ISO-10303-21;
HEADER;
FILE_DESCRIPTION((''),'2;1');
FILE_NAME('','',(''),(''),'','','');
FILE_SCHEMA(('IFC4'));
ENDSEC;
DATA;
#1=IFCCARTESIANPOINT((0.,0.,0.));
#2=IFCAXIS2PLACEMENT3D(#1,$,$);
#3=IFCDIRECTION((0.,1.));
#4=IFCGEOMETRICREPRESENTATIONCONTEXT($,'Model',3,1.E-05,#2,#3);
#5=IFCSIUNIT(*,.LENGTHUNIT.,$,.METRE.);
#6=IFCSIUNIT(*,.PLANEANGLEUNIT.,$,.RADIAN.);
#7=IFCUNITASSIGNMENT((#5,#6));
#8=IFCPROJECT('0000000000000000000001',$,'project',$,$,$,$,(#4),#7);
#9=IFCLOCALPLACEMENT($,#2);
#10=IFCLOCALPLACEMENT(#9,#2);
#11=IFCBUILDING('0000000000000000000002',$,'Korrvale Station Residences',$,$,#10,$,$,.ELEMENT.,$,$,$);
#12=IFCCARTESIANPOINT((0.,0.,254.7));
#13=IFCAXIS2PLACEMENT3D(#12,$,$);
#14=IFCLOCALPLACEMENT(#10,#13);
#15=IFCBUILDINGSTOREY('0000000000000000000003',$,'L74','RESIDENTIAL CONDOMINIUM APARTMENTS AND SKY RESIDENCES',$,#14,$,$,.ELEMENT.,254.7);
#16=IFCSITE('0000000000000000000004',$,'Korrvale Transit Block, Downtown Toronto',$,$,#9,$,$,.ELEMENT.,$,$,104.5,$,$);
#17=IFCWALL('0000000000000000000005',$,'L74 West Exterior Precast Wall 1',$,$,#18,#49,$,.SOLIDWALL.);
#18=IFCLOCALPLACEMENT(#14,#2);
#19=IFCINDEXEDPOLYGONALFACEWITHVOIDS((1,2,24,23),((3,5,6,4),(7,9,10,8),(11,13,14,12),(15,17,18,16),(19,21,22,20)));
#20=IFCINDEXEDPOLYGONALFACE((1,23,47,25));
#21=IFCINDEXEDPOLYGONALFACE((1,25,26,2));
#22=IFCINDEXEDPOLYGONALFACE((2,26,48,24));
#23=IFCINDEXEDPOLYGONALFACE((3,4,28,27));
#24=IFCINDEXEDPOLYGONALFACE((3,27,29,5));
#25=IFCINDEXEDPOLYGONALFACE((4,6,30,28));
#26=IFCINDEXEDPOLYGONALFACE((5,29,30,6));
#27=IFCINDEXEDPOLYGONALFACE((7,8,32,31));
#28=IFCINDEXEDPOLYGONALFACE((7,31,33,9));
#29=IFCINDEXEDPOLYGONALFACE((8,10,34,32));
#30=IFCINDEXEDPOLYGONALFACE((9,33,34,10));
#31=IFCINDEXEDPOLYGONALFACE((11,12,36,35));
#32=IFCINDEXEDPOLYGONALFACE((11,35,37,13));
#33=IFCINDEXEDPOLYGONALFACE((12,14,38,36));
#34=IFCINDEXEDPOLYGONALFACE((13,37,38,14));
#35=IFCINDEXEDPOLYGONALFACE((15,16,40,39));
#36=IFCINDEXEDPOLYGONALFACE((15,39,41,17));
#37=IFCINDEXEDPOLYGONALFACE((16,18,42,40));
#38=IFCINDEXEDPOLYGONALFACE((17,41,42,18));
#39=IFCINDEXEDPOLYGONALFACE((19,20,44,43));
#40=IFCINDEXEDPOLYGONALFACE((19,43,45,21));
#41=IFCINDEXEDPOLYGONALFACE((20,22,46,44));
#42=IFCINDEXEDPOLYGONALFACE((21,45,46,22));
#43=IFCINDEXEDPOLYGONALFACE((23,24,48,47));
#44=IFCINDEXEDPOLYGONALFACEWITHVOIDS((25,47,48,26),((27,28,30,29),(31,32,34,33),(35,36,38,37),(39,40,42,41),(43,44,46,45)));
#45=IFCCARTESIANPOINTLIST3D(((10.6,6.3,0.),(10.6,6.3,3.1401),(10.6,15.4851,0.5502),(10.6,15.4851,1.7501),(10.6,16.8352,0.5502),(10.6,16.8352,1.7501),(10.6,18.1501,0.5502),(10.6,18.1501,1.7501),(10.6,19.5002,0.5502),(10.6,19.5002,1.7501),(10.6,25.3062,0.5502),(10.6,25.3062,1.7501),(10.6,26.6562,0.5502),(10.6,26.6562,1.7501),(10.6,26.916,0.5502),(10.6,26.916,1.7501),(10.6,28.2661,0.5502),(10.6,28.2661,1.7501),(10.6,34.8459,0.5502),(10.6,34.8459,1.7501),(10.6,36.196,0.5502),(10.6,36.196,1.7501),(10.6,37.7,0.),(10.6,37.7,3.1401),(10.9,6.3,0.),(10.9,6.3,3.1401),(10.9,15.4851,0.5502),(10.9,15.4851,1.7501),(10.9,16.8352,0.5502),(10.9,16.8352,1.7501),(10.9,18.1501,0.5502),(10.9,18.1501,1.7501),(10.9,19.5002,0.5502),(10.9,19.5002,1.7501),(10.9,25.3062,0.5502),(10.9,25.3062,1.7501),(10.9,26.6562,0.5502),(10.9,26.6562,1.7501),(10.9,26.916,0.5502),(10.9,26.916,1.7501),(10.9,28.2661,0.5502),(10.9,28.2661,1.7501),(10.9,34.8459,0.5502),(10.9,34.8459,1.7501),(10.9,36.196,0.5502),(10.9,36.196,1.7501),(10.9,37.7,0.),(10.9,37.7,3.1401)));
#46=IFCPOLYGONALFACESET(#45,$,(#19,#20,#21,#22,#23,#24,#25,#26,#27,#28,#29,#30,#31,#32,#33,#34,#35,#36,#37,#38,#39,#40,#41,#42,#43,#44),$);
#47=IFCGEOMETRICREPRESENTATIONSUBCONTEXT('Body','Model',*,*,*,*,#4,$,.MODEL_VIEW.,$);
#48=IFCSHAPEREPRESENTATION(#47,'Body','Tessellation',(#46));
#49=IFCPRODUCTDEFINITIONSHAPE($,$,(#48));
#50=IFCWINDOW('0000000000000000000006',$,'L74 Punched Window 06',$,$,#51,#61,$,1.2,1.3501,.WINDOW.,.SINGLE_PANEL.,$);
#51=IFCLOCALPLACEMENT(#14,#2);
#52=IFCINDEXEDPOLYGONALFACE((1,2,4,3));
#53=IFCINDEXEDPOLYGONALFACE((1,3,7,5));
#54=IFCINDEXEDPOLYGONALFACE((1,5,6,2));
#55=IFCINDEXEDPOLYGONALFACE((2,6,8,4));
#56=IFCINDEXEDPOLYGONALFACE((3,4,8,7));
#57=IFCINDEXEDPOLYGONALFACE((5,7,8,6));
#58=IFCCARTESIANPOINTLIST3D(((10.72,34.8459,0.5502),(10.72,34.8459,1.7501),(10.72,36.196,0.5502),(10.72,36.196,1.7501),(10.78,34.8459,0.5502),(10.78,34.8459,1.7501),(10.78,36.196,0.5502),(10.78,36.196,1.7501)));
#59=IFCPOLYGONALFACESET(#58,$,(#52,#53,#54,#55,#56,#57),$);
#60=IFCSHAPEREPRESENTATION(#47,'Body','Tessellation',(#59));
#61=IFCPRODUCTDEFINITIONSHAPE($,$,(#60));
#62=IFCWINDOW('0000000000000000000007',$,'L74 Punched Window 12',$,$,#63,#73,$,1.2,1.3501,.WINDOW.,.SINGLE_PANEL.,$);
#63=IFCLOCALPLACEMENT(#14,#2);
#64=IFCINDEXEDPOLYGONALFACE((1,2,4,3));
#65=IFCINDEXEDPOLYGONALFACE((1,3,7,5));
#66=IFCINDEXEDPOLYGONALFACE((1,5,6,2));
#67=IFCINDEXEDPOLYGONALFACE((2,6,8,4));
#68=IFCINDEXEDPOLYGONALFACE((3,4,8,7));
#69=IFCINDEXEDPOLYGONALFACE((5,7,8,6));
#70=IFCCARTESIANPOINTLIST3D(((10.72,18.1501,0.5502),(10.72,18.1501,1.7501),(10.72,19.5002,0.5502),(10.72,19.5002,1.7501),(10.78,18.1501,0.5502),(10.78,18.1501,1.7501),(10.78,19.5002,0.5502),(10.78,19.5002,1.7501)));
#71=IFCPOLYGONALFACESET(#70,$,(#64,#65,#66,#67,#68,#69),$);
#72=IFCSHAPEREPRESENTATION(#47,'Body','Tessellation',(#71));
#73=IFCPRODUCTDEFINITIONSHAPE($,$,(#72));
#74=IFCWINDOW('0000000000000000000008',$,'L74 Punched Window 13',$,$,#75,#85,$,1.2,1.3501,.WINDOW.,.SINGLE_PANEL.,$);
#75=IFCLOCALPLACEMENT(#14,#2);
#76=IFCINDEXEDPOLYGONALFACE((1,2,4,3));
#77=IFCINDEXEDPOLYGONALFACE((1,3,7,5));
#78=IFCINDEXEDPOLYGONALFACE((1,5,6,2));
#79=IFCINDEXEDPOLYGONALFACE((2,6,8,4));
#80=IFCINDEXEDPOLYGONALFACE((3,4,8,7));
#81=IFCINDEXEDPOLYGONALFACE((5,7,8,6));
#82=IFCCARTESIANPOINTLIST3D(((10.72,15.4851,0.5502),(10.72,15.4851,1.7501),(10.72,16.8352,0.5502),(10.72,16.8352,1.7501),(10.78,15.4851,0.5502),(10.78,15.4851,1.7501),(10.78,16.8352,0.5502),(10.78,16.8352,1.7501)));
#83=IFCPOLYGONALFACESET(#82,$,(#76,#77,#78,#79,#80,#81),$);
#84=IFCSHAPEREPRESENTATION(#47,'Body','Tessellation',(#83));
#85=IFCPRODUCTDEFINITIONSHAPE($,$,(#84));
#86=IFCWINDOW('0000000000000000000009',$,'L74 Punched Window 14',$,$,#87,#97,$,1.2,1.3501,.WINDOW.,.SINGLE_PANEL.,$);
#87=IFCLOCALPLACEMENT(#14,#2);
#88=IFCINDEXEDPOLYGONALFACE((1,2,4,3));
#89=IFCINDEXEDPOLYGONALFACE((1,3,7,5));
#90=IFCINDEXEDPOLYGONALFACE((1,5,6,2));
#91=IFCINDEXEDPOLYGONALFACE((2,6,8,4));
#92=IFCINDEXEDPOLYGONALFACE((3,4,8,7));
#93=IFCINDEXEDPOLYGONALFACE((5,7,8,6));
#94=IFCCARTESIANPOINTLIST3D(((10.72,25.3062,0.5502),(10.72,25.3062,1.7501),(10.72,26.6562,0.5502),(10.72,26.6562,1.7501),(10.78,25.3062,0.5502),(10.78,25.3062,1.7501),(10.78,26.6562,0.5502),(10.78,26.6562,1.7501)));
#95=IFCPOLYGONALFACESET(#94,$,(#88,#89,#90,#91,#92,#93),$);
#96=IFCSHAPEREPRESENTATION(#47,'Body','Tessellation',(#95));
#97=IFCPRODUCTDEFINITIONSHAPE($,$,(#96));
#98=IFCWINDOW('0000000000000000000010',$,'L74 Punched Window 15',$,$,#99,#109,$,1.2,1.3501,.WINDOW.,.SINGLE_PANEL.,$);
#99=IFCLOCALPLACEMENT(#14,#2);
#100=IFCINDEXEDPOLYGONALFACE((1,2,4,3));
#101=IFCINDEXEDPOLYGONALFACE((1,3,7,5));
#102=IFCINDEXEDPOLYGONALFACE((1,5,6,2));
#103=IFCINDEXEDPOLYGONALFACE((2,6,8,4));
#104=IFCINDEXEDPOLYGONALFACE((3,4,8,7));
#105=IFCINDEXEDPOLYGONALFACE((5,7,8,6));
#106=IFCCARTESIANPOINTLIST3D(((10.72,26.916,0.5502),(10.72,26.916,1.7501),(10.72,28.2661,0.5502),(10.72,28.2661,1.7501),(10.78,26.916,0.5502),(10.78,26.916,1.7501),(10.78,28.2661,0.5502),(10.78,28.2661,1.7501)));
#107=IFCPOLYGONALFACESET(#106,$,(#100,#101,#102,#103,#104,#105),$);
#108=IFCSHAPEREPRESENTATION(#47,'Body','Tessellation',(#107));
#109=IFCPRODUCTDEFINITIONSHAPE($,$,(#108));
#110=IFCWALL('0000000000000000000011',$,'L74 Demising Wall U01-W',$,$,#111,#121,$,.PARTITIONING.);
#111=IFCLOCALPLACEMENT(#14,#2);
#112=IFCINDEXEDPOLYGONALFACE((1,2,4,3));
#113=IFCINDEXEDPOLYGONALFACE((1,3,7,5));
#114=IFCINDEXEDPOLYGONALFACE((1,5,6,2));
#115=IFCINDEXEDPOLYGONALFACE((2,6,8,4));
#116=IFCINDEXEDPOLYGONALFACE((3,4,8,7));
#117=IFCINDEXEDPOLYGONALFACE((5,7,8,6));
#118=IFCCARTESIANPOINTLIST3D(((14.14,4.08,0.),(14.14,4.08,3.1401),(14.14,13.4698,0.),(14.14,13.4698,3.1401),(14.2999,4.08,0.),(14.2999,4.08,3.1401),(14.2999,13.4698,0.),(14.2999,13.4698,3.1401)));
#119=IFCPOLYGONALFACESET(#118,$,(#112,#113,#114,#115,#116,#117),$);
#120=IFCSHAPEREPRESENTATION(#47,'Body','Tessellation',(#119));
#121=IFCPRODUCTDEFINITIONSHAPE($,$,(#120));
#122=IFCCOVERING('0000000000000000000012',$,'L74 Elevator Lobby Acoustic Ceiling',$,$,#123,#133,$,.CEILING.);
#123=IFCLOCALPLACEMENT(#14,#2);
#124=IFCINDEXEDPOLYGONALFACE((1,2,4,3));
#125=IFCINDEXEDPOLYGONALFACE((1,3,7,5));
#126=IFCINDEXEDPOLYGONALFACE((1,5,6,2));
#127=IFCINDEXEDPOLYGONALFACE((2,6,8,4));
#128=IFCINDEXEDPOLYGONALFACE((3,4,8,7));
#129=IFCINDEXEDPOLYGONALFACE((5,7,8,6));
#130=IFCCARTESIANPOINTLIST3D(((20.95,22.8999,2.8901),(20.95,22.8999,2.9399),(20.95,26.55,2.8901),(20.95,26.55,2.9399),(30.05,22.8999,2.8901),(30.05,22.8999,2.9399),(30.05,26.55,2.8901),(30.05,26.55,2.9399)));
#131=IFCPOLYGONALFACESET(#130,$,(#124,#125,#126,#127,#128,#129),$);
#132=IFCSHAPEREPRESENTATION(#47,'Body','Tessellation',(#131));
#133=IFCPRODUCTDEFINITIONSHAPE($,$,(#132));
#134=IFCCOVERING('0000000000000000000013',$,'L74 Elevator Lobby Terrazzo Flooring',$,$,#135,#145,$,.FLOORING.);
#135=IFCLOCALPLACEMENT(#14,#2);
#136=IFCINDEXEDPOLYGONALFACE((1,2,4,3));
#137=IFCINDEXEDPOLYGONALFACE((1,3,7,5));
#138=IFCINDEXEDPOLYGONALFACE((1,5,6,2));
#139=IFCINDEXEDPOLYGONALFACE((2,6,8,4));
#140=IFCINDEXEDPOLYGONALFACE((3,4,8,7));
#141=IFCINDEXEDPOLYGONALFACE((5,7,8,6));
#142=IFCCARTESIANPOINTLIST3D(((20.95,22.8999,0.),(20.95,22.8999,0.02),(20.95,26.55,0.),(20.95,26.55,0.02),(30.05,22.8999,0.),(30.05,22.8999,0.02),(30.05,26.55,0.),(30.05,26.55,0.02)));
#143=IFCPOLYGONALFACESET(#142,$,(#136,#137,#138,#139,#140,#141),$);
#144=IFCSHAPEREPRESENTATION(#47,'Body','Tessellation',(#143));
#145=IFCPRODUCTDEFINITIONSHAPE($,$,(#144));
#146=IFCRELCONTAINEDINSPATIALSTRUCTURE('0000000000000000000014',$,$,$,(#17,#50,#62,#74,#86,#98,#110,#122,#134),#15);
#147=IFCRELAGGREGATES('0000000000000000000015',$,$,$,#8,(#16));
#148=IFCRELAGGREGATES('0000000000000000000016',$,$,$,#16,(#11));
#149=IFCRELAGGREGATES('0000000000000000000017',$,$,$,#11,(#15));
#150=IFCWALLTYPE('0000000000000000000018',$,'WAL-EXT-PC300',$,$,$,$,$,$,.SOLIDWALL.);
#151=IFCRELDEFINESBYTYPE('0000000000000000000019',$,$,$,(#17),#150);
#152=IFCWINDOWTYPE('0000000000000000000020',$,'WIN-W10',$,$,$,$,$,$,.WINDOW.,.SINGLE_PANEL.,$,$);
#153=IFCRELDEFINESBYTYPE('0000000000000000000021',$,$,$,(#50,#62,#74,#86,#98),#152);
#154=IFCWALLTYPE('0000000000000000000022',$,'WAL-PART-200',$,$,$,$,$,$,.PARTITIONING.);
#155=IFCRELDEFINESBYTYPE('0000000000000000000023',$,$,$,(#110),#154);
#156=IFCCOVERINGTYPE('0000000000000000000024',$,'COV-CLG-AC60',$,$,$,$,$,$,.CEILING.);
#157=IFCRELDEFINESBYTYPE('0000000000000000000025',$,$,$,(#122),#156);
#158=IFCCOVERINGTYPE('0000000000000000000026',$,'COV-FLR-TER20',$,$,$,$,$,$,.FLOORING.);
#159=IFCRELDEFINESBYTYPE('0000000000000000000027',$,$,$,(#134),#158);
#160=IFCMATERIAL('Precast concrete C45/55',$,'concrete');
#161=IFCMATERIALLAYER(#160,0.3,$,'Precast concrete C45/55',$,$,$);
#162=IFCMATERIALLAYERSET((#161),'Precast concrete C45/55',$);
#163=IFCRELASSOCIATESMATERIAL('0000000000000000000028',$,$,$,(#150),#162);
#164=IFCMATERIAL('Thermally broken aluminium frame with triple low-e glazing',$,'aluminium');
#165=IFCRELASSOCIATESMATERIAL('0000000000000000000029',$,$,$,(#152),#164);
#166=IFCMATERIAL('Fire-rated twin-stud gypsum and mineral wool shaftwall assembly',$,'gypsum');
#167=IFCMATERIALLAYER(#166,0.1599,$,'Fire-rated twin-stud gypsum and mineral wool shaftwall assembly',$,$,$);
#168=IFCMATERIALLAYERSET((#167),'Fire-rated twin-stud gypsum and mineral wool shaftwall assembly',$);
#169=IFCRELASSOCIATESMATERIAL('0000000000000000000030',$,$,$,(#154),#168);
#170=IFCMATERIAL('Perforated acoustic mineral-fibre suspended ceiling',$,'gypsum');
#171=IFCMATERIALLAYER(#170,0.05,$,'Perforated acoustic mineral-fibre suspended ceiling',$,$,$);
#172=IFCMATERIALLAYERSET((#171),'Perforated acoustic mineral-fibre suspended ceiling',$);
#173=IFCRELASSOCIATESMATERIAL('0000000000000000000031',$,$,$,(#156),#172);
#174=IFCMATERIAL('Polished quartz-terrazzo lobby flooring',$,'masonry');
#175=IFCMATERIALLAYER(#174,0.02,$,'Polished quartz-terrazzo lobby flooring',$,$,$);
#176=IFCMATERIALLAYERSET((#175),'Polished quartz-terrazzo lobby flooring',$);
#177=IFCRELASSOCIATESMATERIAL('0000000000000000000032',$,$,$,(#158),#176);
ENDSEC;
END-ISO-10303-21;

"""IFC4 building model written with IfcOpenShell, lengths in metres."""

from ifc_helpers import new_model, si_unit, direction, frame, frame_2d, origin, place, context, subcontext, project, spatial, polyline, rectangle, outline, extrude, material, layer, layer_set, type_object, element, fill, save


model = new_model("IFC4")

# Units and contexts
model_context = context("Model", 3, precision=1e-05, world=origin(), true_north=direction((0.0, 1.0)))
body_context = subcontext(model_context, "Body", "Model", "MODEL_VIEW")
ifc_project = project(units=[si_unit("LENGTHUNIT", "METRE"), si_unit("PLANEANGLEUNIT", "RADIAN")], contexts=[model_context])

# Site, building, storey
site_placement = place(None, origin())
site = spatial("IfcSite", under=ifc_project, at=site_placement, Name="Korrvale Transit Block, Downtown Toronto", CompositionType="ELEMENT", RefElevation=104.5)
building_placement = place(site_placement, origin())
building = spatial("IfcBuilding", under=site, at=building_placement, Name="Korrvale Station Residences", CompositionType="ELEMENT")
storey_placement = place(building_placement, frame((0.0, 0.0, 254.7)))
storey = spatial("IfcBuildingStorey", under=building, at=storey_placement, Name="L74", Description="RESIDENTIAL CONDOMINIUM APARTMENTS AND SKY RESIDENCES", CompositionType="ELEMENT", Elevation=254.7)

# Shared definitions
ifc_material_1 = material(Name="Precast concrete C45/55", Category="concrete")

# Wall, openings, windows
ifc_layer_1 = layer(ifc_material_1, 0.3, Name="Precast concrete C45/55")
ifc_layer_set_1 = layer_set([ifc_layer_1], Name="Precast concrete C45/55")
wall_type_1 = type_object("IfcWallType", Name="WAL-EXT-PC300", PredefinedType="SOLIDWALL", material=ifc_layer_set_1)
wall_1_placement = place(storey_placement, frame((10.75, 6.3, 0.0), z_axis=(0.0, 0.0, 1.0), x_axis=(0.0, 1.0, 0.0)))
wall_1 = element("IfcWall", 1, at=wall_1_placement, inside=storey, type_object=wall_type_1, Name="L74 West Exterior Precast Wall 1", PredefinedType="SOLIDWALL", context=body_context, shape_type="SweptSolid", body=[
    extrude(rectangle(XDim=31.3999, YDim=0.3, at=frame_2d((15.7, 0.0))), origin(), (0.0, 0.0, 1.0), 3.1401),
])
opening_1_placement = place(wall_1_placement, frame((28.5459, 0.0, 0.55)))
opening_1 = element("IfcOpeningElement", 2, at=opening_1_placement, cuts=wall_1, PredefinedType="OPENING", context=body_context, shape_type="SweptSolid", body=[
    extrude(rectangle(XDim=1.3501, YDim=1.2, at=frame_2d((0.675, 0.6001))), frame((0.0, 0.1602, 0.0), z_axis=(0.0, -1.0, 0.0), x_axis=(1.0, 0.0, 0.0)), (0.0, 0.0, 1.0), 0.3201),
])
opening_2_placement = place(wall_1_placement, frame((11.8501, 0.0, 0.55)))
opening_2 = element("IfcOpeningElement", 3, at=opening_2_placement, cuts=wall_1, PredefinedType="OPENING", context=body_context, shape_type="SweptSolid", body=[
    extrude(rectangle(XDim=1.3501, YDim=1.2, at=frame_2d((0.675, 0.6001))), frame((0.0, 0.1602, 0.0), z_axis=(0.0, -1.0, 0.0), x_axis=(1.0, 0.0, 0.0)), (0.0, 0.0, 1.0), 0.3201),
])
opening_3_placement = place(wall_1_placement, frame((9.1851, 0.0, 0.55)))
opening_3 = element("IfcOpeningElement", 4, at=opening_3_placement, cuts=wall_1, PredefinedType="OPENING", context=body_context, shape_type="SweptSolid", body=[
    extrude(rectangle(XDim=1.3501, YDim=1.2, at=frame_2d((0.675, 0.6001))), frame((0.0, 0.1602, 0.0), z_axis=(0.0, -1.0, 0.0), x_axis=(1.0, 0.0, 0.0)), (0.0, 0.0, 1.0), 0.3201),
])
opening_4_placement = place(wall_1_placement, frame((19.0061, 0.0, 0.55)))
opening_4 = element("IfcOpeningElement", 5, at=opening_4_placement, cuts=wall_1, PredefinedType="OPENING", context=body_context, shape_type="SweptSolid", body=[
    extrude(rectangle(XDim=1.3501, YDim=1.2, at=frame_2d((0.675, 0.6001))), frame((0.0, 0.1602, 0.0), z_axis=(0.0, -1.0, 0.0), x_axis=(1.0, 0.0, 0.0)), (0.0, 0.0, 1.0), 0.3201),
])
opening_5_placement = place(wall_1_placement, frame((20.616, 0.0, 0.55)))
opening_5 = element("IfcOpeningElement", 6, at=opening_5_placement, cuts=wall_1, PredefinedType="OPENING", context=body_context, shape_type="SweptSolid", body=[
    extrude(rectangle(XDim=1.3501, YDim=1.2, at=frame_2d((0.675, 0.6001))), frame((0.0, 0.1602, 0.0), z_axis=(0.0, -1.0, 0.0), x_axis=(1.0, 0.0, 0.0)), (0.0, 0.0, 1.0), 0.3201),
])
ifc_material_2 = material(Name="Thermally broken aluminium frame with triple low-e glazing", Category="aluminium")
window_type = type_object("IfcWindowType", Name="WIN-W10", PartitioningType="SINGLE_PANEL", PredefinedType="WINDOW", material=ifc_material_2)
window_1_placement = place(opening_1_placement, origin())
window_1 = element("IfcWindow", 7, at=window_1_placement, inside=storey, type_object=window_type, Name="L74 Punched Window 06", OverallHeight=1.2, OverallWidth=1.3501, PartitioningType="SINGLE_PANEL", PredefinedType="WINDOW", context=body_context, shape_type="SweptSolid", body=[
    extrude(rectangle(XDim=1.3501, YDim=1.2, at=frame_2d((0.675, 0.6001))), frame((0.0, 0.03, 0.0), z_axis=(0.0, -1.0, 0.0), x_axis=(1.0, 0.0, 0.0)), (0.0, 0.0, 1.0), 0.0601),
])
fill(opening_1, window_1)
window_2_placement = place(opening_2_placement, origin())
window_2 = element("IfcWindow", 8, at=window_2_placement, inside=storey, type_object=window_type, Name="L74 Punched Window 12", OverallHeight=1.2, OverallWidth=1.3501, PartitioningType="SINGLE_PANEL", PredefinedType="WINDOW", context=body_context, shape_type="SweptSolid", body=[
    extrude(rectangle(XDim=1.3501, YDim=1.2, at=frame_2d((0.675, 0.6001))), frame((0.0, 0.03, 0.0), z_axis=(0.0, -1.0, 0.0), x_axis=(1.0, 0.0, 0.0)), (0.0, 0.0, 1.0), 0.0601),
])
fill(opening_2, window_2)
window_3_placement = place(opening_3_placement, origin())
window_3 = element("IfcWindow", 9, at=window_3_placement, inside=storey, type_object=window_type, Name="L74 Punched Window 13", OverallHeight=1.2, OverallWidth=1.3501, PartitioningType="SINGLE_PANEL", PredefinedType="WINDOW", context=body_context, shape_type="SweptSolid", body=[
    extrude(rectangle(XDim=1.3501, YDim=1.2, at=frame_2d((0.675, 0.6001))), frame((0.0, 0.03, 0.0), z_axis=(0.0, -1.0, 0.0), x_axis=(1.0, 0.0, 0.0)), (0.0, 0.0, 1.0), 0.0601),
])
fill(opening_3, window_3)
window_4_placement = place(opening_4_placement, origin())
window_4 = element("IfcWindow", 10, at=window_4_placement, inside=storey, type_object=window_type, Name="L74 Punched Window 14", OverallHeight=1.2, OverallWidth=1.3501, PartitioningType="SINGLE_PANEL", PredefinedType="WINDOW", context=body_context, shape_type="SweptSolid", body=[
    extrude(rectangle(XDim=1.3501, YDim=1.2, at=frame_2d((0.675, 0.6001))), frame((0.0, 0.03, 0.0), z_axis=(0.0, -1.0, 0.0), x_axis=(1.0, 0.0, 0.0)), (0.0, 0.0, 1.0), 0.0601),
])
fill(opening_4, window_4)
window_5_placement = place(opening_5_placement, origin())
window_5 = element("IfcWindow", 11, at=window_5_placement, inside=storey, type_object=window_type, Name="L74 Punched Window 15", OverallHeight=1.2, OverallWidth=1.3501, PartitioningType="SINGLE_PANEL", PredefinedType="WINDOW", context=body_context, shape_type="SweptSolid", body=[
    extrude(rectangle(XDim=1.3501, YDim=1.2, at=frame_2d((0.675, 0.6001))), frame((0.0, 0.03, 0.0), z_axis=(0.0, -1.0, 0.0), x_axis=(1.0, 0.0, 0.0)), (0.0, 0.0, 1.0), 0.0601),
])
fill(opening_5, window_5)

# Wall
ifc_material_3 = material(Name="Fire-rated twin-stud gypsum and mineral wool shaftwall assembly", Category="gypsum")
ifc_layer_2 = layer(ifc_material_3, 0.1599, Name="Fire-rated twin-stud gypsum and mineral wool shaftwall assembly")
ifc_layer_set_2 = layer_set([ifc_layer_2], Name="Fire-rated twin-stud gypsum and mineral wool shaftwall assembly")
wall_type_2 = type_object("IfcWallType", Name="WAL-PART-200", PredefinedType="PARTITIONING", material=ifc_layer_set_2)
wall_2_placement = place(storey_placement, frame((14.22, 4.0801, 0.0), z_axis=(0.0, 0.0, 1.0), x_axis=(0.0, 1.0, 0.0)))
element("IfcWall", 12, at=wall_2_placement, inside=storey, type_object=wall_type_2, Name="L74 Demising Wall U01-W", PredefinedType="PARTITIONING", context=body_context, shape_type="SweptSolid", body=[
    extrude(rectangle(XDim=9.3899, YDim=0.1599, at=frame_2d((4.6948, 0.0))), origin(), (0.0, 0.0, 1.0), 3.1401),
])

# Coverings
ifc_material_4 = material(Name="Perforated acoustic mineral-fibre suspended ceiling", Category="gypsum")
ifc_layer_3 = layer(ifc_material_4, 0.05, Name="Perforated acoustic mineral-fibre suspended ceiling")
ifc_layer_set_3 = layer_set([ifc_layer_3], Name="Perforated acoustic mineral-fibre suspended ceiling")
covering_type_1 = type_object("IfcCoveringType", Name="COV-CLG-AC60", PredefinedType="CEILING", material=ifc_layer_set_3)
covering_1_placement = place(storey_placement, frame((0.0, 0.0, 2.8901)))
element("IfcCovering", 13, at=covering_1_placement, inside=storey, type_object=covering_type_1, Name="L74 Elevator Lobby Acoustic Ceiling", PredefinedType="CEILING", context=body_context, shape_type="SweptSolid", body=[
    extrude(outline(polyline([(20.95, 22.8999), (30.05, 22.8999), (30.05, 26.55), (20.95, 26.55), (20.95, 22.8999)])), origin(), (0.0, 0.0, 1.0), 0.0498),
])
ifc_material_5 = material(Name="Polished quartz-terrazzo lobby flooring", Category="masonry")
ifc_layer_4 = layer(ifc_material_5, 0.02, Name="Polished quartz-terrazzo lobby flooring")
ifc_layer_set_4 = layer_set([ifc_layer_4], Name="Polished quartz-terrazzo lobby flooring")
covering_type_2 = type_object("IfcCoveringType", Name="COV-FLR-TER20", PredefinedType="FLOORING", material=ifc_layer_set_4)
covering_2_placement = place(storey_placement, origin())
element("IfcCovering", 14, at=covering_2_placement, inside=storey, type_object=covering_type_2, Name="L74 Elevator Lobby Terrazzo Flooring", PredefinedType="FLOORING", context=body_context, shape_type="SweptSolid", body=[
    extrude(outline(polyline([(20.95, 22.8999), (30.05, 22.8999), (30.05, 26.55), (20.95, 26.55), (20.95, 22.8999)])), origin(), (0.0, 0.0, 1.0), 0.02),
])

save(model, "model.ifc")
